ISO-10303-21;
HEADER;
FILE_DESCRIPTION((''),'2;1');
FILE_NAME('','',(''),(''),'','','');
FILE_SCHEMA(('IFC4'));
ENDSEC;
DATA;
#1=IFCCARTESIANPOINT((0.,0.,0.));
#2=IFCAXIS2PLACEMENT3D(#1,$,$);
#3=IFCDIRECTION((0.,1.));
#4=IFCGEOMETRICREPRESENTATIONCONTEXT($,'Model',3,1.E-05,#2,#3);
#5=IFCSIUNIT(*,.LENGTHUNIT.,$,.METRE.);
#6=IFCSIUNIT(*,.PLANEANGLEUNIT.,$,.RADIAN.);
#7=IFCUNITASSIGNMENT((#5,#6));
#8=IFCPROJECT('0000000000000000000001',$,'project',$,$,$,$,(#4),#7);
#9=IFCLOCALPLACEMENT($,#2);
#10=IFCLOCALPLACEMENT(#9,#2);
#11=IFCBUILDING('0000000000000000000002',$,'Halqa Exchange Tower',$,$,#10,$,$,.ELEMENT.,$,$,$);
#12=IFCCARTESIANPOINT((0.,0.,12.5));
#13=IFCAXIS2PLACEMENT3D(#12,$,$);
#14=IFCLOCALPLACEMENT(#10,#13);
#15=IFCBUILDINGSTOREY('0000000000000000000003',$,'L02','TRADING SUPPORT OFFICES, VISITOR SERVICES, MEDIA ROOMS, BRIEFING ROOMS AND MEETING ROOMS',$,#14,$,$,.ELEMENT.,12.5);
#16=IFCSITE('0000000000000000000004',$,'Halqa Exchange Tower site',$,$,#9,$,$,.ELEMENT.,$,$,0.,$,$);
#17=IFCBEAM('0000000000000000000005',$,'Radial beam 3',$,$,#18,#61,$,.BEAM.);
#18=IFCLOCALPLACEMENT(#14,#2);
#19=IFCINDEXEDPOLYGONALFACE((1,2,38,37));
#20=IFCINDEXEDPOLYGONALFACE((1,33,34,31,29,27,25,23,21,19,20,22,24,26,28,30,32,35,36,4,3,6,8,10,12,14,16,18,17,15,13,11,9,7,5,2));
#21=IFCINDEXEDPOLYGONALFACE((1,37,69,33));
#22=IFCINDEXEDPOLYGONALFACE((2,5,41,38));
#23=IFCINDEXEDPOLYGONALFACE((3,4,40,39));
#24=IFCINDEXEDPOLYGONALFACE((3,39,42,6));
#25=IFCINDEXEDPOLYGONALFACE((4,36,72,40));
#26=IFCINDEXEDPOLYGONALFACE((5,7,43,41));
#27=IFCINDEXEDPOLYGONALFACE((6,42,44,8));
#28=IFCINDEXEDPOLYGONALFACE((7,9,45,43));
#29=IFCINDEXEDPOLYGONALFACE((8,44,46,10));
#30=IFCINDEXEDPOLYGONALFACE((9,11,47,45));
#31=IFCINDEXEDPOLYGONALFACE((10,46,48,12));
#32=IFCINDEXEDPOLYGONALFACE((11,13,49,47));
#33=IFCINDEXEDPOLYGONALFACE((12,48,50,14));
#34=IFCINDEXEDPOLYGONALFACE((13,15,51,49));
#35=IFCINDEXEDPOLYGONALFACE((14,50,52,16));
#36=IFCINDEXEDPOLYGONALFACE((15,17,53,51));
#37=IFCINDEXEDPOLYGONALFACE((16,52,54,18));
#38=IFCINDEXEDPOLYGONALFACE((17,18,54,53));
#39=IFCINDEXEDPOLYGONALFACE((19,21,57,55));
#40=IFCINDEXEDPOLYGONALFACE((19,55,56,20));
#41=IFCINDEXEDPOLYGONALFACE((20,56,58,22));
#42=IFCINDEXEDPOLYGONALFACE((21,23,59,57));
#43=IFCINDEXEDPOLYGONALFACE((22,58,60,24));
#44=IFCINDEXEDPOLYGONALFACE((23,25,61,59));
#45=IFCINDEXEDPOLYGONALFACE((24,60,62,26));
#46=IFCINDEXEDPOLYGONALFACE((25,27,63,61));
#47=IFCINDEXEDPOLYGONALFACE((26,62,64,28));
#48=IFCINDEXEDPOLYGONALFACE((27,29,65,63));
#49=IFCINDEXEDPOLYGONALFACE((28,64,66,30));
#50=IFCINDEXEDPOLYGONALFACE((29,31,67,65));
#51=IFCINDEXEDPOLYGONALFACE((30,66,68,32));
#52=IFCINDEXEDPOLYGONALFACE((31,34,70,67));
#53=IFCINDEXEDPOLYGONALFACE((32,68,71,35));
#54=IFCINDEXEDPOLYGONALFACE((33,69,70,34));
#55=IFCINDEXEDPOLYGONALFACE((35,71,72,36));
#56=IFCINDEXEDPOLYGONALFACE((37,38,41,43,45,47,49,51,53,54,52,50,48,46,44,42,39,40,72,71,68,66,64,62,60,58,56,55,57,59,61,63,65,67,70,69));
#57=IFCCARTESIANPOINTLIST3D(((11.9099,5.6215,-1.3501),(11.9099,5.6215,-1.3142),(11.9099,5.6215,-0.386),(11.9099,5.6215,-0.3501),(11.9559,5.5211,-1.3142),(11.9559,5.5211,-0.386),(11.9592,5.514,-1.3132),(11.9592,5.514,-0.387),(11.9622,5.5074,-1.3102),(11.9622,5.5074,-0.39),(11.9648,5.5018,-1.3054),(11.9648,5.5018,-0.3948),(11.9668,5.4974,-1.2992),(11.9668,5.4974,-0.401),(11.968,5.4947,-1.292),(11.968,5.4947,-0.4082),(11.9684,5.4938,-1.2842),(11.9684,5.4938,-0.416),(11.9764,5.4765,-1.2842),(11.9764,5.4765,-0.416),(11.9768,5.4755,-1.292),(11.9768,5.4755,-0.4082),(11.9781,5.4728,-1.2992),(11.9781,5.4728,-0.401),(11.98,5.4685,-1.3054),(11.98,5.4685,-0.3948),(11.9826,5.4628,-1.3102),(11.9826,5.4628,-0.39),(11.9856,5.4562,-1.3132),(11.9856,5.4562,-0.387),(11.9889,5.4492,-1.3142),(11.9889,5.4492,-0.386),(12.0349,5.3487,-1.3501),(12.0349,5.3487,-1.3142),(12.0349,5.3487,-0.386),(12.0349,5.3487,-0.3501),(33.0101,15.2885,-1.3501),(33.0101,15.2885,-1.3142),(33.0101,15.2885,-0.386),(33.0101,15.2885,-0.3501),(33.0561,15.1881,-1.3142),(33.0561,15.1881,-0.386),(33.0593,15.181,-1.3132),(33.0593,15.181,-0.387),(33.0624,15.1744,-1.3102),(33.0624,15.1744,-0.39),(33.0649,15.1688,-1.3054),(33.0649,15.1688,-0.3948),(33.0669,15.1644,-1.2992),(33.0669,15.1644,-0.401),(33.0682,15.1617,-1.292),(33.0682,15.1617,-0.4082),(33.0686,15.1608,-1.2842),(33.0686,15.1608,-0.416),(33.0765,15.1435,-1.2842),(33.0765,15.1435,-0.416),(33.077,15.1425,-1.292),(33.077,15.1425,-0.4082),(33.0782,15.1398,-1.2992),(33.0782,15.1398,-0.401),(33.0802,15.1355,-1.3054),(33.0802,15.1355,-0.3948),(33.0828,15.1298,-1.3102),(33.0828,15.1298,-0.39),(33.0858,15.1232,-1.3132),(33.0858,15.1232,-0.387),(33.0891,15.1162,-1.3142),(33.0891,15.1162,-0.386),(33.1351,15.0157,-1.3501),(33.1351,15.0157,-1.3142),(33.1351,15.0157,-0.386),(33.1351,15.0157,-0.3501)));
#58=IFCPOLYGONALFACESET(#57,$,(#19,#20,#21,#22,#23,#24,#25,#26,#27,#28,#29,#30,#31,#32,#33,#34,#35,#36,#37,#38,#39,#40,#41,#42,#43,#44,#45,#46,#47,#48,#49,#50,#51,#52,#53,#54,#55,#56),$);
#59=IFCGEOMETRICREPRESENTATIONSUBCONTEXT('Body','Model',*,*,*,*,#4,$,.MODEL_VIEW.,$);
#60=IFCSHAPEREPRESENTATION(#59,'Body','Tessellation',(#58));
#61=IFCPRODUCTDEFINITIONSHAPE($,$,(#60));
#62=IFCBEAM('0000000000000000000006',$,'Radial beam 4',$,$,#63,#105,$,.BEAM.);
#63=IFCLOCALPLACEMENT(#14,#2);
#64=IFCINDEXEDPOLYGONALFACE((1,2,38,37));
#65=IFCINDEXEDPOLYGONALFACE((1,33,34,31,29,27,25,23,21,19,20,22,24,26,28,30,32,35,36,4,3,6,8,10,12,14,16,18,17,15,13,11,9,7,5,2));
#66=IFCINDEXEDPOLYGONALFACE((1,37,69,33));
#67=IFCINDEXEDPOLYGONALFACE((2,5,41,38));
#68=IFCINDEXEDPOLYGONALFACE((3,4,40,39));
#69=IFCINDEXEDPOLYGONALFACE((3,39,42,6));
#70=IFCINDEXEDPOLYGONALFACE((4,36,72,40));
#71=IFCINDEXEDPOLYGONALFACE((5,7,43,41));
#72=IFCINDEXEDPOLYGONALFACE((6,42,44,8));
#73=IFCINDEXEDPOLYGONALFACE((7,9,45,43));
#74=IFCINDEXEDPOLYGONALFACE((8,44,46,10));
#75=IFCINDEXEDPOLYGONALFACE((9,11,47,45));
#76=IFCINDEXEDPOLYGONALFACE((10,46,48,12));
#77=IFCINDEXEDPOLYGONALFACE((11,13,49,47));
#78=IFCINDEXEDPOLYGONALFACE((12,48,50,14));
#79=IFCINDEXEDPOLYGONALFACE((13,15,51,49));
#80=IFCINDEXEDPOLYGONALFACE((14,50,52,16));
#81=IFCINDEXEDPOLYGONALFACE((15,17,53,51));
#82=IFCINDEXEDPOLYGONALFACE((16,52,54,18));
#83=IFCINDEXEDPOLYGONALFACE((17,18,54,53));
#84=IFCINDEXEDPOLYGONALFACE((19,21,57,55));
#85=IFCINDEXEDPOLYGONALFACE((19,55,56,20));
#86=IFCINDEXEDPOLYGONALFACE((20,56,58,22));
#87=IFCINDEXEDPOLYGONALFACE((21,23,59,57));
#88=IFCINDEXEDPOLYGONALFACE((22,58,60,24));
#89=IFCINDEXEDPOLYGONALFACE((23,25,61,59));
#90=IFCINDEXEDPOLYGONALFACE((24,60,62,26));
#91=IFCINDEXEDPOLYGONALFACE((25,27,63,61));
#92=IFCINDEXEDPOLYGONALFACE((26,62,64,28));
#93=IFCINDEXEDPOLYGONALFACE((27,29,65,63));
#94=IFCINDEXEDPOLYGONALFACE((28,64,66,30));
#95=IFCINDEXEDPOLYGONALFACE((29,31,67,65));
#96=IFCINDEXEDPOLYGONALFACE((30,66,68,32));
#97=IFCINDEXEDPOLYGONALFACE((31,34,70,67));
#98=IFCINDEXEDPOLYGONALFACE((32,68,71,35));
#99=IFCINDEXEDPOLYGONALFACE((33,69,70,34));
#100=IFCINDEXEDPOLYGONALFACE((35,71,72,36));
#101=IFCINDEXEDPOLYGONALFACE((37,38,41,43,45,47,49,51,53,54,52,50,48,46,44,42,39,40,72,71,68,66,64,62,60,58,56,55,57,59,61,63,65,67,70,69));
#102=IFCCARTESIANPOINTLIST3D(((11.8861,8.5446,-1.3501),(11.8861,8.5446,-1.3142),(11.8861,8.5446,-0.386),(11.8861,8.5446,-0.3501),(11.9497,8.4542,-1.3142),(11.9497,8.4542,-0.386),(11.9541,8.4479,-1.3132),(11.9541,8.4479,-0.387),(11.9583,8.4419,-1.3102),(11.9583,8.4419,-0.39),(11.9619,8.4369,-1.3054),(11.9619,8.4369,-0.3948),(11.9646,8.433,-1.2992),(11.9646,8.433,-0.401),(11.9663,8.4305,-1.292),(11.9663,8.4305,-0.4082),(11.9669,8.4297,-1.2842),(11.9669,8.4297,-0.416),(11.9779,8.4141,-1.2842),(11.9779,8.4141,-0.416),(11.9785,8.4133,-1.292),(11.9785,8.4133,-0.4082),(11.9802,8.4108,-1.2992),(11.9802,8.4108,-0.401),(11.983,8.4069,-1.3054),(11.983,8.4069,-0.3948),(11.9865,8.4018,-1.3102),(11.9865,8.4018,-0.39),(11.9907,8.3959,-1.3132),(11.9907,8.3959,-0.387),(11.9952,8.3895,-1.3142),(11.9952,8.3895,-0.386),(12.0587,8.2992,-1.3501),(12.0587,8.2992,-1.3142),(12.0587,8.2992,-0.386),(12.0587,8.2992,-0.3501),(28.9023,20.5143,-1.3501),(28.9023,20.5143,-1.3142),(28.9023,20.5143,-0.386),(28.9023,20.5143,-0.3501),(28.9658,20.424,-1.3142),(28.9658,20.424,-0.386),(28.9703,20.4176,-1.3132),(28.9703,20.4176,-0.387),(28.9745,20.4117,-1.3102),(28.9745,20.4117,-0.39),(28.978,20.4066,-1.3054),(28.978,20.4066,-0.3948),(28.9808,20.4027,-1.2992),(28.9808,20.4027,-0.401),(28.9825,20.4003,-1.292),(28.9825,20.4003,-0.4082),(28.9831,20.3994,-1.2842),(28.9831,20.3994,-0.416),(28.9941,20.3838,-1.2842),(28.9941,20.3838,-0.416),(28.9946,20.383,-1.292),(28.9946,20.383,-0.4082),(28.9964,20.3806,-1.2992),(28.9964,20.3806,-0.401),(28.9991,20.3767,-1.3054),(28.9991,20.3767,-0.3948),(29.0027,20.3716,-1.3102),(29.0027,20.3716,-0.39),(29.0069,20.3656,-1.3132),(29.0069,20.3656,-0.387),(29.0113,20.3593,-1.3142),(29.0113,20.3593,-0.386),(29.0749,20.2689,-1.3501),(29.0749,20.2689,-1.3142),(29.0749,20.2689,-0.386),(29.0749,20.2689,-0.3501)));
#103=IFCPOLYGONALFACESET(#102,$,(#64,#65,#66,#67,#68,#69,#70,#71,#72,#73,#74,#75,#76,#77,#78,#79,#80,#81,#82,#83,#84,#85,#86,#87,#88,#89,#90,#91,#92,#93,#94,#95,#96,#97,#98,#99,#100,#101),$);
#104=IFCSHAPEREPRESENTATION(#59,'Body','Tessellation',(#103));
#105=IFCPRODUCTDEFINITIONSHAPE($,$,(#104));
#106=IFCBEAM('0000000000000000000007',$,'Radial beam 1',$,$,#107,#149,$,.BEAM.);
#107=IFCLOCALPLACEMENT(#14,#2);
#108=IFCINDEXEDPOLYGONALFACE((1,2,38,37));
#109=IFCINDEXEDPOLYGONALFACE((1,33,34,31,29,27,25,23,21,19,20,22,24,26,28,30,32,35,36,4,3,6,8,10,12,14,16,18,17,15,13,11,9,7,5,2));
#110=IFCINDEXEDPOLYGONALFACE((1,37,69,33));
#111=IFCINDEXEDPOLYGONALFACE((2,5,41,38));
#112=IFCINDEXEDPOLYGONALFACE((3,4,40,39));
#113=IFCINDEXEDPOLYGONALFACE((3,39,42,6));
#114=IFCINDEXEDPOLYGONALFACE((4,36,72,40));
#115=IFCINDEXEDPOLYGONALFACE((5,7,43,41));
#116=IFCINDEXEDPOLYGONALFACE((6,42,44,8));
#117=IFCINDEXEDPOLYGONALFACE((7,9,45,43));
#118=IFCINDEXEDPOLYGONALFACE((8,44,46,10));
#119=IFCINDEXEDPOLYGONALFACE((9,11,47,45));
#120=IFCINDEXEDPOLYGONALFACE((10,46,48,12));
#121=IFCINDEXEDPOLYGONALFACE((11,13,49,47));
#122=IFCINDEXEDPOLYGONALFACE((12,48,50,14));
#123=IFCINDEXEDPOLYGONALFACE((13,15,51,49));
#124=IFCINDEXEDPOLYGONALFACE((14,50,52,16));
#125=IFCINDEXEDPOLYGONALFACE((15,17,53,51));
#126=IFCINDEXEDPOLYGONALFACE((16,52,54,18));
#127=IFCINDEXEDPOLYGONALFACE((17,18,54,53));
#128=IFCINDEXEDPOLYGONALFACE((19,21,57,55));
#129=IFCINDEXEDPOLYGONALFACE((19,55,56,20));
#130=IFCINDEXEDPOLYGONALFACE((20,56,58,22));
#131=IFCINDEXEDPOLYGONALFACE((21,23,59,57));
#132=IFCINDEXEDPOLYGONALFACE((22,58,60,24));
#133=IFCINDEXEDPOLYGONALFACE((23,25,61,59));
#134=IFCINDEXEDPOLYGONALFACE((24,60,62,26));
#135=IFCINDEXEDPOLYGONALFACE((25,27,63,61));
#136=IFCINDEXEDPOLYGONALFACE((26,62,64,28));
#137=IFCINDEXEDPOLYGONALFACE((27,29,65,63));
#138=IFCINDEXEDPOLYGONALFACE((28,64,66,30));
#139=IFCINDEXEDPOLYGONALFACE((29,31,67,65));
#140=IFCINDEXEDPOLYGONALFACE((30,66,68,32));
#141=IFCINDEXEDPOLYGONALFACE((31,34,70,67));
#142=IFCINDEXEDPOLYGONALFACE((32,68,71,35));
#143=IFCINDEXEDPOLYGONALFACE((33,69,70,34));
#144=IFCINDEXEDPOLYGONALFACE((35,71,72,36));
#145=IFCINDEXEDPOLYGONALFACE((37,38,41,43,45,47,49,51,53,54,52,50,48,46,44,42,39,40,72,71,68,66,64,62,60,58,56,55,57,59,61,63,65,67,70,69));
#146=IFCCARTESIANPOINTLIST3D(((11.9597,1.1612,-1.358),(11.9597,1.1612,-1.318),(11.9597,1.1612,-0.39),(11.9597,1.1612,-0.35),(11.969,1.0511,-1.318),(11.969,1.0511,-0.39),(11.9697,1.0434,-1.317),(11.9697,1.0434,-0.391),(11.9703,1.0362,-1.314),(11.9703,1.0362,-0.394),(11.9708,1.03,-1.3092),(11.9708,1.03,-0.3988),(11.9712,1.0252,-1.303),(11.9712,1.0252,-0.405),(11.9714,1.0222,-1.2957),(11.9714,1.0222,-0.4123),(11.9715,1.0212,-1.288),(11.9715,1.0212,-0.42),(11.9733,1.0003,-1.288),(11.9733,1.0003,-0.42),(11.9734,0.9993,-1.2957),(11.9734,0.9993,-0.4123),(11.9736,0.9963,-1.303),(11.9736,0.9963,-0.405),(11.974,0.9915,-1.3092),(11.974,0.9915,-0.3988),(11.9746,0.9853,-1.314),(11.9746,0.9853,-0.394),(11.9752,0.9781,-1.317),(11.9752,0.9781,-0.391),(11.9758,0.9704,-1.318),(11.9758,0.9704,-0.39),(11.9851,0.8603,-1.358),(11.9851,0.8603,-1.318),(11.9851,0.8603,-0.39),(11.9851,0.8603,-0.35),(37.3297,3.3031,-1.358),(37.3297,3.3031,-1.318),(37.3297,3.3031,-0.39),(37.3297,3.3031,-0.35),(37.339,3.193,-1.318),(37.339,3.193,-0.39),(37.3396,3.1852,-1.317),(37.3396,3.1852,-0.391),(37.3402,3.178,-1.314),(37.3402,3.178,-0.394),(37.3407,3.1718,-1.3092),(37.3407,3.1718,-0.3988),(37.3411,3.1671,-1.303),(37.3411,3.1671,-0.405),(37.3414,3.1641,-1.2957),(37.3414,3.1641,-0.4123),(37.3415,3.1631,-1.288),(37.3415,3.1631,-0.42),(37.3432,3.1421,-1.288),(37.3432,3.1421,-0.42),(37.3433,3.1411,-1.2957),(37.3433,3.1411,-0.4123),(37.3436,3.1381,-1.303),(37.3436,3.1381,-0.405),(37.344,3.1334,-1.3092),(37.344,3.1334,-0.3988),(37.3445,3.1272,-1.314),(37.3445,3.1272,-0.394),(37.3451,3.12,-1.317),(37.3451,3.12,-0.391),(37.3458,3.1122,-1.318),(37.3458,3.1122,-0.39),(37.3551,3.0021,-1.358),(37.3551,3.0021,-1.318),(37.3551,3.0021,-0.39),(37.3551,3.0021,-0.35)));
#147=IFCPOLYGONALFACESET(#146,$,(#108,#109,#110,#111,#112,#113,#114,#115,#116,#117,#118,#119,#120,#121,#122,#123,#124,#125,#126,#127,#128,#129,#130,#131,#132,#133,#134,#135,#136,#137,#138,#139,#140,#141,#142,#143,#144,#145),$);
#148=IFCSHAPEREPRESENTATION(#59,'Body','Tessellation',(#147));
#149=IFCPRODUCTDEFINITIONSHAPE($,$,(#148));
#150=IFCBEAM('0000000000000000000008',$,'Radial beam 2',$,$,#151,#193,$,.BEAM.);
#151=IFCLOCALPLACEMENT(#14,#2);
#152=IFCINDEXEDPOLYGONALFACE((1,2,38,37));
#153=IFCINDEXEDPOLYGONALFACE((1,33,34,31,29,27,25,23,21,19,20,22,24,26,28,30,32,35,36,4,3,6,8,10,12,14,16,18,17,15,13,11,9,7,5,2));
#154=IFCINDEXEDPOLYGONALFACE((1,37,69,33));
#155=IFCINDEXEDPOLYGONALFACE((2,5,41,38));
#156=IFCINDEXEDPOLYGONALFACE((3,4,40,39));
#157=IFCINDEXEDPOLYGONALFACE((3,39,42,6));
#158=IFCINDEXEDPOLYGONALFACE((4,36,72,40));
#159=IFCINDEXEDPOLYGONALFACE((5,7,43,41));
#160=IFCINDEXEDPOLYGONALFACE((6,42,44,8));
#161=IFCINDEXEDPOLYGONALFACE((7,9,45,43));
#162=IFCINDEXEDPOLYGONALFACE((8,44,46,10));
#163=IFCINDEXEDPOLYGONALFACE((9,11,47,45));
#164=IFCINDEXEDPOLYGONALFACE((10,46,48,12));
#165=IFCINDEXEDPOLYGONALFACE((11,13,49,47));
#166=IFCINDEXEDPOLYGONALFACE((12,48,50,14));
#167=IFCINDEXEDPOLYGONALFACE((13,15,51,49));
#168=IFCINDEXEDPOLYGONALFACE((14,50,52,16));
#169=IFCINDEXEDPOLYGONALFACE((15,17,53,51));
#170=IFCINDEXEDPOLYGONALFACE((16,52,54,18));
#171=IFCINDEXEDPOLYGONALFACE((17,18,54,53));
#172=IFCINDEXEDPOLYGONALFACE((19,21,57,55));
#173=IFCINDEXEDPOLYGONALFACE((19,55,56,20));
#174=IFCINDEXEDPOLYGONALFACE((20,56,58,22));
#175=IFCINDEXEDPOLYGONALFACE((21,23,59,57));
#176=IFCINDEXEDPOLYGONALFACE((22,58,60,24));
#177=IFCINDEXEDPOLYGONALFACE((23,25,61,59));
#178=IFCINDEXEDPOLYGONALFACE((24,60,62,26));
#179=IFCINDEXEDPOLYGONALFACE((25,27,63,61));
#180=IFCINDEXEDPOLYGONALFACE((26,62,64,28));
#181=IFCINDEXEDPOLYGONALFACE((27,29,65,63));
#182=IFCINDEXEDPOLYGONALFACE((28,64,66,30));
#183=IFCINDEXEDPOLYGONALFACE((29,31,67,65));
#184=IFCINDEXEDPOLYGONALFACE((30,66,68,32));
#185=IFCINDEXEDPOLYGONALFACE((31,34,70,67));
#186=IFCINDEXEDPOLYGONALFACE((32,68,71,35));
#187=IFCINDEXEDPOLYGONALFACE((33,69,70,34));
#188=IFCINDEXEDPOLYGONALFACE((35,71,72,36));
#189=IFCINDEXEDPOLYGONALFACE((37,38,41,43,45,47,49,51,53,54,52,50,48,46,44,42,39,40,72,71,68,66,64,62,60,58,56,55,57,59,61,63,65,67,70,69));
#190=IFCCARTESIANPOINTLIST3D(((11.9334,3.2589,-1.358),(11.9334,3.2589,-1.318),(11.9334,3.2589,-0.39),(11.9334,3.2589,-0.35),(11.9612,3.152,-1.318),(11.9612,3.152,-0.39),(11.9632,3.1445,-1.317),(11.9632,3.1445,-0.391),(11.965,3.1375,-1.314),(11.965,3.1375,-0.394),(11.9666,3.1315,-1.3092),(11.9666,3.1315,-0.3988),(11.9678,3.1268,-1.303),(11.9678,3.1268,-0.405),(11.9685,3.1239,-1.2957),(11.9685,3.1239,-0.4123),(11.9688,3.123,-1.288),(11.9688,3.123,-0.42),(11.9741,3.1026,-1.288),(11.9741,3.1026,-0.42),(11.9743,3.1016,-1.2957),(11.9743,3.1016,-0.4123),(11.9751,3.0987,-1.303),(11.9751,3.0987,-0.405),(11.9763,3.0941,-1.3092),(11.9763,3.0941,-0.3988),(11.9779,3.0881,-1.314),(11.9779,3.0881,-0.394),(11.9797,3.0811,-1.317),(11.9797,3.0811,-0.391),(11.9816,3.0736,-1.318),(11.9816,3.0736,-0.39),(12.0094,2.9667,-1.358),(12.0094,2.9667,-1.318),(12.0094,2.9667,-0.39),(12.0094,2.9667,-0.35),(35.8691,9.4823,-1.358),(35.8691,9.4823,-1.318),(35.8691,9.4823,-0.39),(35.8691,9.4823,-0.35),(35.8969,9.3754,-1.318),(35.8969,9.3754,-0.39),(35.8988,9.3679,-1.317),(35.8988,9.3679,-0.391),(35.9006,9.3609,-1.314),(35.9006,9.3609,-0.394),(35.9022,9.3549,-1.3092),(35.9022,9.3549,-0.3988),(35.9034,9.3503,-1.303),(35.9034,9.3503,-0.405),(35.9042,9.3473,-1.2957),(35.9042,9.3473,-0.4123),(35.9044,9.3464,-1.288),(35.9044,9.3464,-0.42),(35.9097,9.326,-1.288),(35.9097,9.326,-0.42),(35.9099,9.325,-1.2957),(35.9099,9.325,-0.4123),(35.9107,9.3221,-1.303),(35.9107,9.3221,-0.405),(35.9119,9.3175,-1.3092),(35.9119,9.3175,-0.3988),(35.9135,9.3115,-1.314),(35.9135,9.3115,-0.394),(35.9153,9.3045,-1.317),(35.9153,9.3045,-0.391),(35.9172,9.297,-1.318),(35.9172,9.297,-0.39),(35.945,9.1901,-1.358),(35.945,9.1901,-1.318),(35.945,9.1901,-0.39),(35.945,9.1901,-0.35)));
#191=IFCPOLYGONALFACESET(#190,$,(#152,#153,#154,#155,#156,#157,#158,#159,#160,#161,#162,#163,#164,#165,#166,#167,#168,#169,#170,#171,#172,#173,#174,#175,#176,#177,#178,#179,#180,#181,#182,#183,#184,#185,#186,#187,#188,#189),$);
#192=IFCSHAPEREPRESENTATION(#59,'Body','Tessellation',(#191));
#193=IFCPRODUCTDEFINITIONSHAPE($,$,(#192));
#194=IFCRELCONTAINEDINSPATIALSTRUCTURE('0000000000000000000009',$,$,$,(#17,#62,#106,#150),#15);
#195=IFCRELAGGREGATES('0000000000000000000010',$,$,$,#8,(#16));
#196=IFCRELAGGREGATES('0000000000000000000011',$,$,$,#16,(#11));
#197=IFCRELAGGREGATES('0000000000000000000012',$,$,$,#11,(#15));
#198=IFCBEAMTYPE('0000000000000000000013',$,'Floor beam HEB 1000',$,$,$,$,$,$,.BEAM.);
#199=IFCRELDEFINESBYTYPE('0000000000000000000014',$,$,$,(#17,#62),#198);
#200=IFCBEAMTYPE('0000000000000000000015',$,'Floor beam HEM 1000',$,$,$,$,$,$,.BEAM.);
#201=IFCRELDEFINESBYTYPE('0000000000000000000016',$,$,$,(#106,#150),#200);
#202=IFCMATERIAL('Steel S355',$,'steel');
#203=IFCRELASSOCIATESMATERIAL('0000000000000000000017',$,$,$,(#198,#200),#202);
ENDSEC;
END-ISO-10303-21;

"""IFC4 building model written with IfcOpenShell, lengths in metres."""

from ifc_helpers import new_model, si_unit, direction, frame, origin, origin_2d, place, context, subcontext, project, spatial, i_section, extrude, material, material_profile, profile_set, type_object, element, save


model = new_model("IFC4")

# Units and contexts
model_context = context("Model", 3, precision=1e-05, world=origin(), true_north=direction((0.0, 1.0)))
body_context = subcontext(model_context, "Body", "Model", "MODEL_VIEW")
ifc_project = project(units=[si_unit("LENGTHUNIT", "METRE"), si_unit("PLANEANGLEUNIT", "RADIAN")], contexts=[model_context])

# Site, building, storey
site_placement = place(None, origin())
site = spatial("IfcSite", under=ifc_project, at=site_placement, Name="Halqa Exchange Tower site", CompositionType="ELEMENT", RefElevation=0.0)
building_placement = place(site_placement, origin())
building = spatial("IfcBuilding", under=site, at=building_placement, Name="Halqa Exchange Tower", CompositionType="ELEMENT")
storey_placement = place(building_placement, frame((0.0, 0.0, 12.5)))
storey = spatial("IfcBuildingStorey", under=building, at=storey_placement, Name="L02", Description="TRADING SUPPORT OFFICES, VISITOR SERVICES, MEDIA ROOMS, BRIEFING ROOMS AND MEETING ROOMS", CompositionType="ELEMENT", Elevation=12.5)

# Beams
ifc_material_1 = material(Name="Steel S355", Category="steel")
ifc_material_profile_1 = material_profile(ifc_material_1, i_section(OverallWidth=0.3, OverallDepth=1.0, WebThickness=0.019, FlangeThickness=0.0359, FilletRadius=0.03, at=origin_2d()), Name="HEB 1000")
ifc_profile_set_1 = profile_set([ifc_material_profile_1], Name="Steel S355")
beam_type_1 = type_object("IfcBeamType", Name="Floor beam HEB 1000", PredefinedType="BEAM", material=ifc_profile_set_1)
beam_1_placement = place(storey_placement, frame((11.9724, 5.4851, -0.8501), z_axis=(0.909128, 0.416516, 0.0), x_axis=(-0.416516, 0.909128, 0.0)))
element("IfcBeam", 1, at=beam_1_placement, inside=storey, type_object=beam_type_1, Name="Radial beam 3", PredefinedType="BEAM", context=body_context, shape_type="SweptSolid", body=[
    extrude(i_section(OverallWidth=0.3, OverallDepth=1.0, WebThickness=0.019, FlangeThickness=0.0359, FilletRadius=0.03, at=origin_2d()), origin(), (0.0, 0.0, 1.0), 23.2092),
])
beam_2_placement = place(storey_placement, frame((11.9724, 8.4219, -0.8501), z_axis=(0.81791, 0.575346, 0.0), x_axis=(-0.575346, 0.81791, 0.0)))
element("IfcBeam", 2, at=beam_2_placement, inside=storey, type_object=beam_type_1, Name="Radial beam 4", PredefinedType="BEAM", context=body_context, shape_type="SweptSolid", body=[
    extrude(i_section(OverallWidth=0.3, OverallDepth=1.0, WebThickness=0.019, FlangeThickness=0.0359, FilletRadius=0.03, at=origin_2d()), origin(), (0.0, 0.0, 1.0), 20.8044),
])
ifc_material_profile_2 = material_profile(ifc_material_1, i_section(OverallWidth=0.302, OverallDepth=1.0081, WebThickness=0.021, FlangeThickness=0.04, FilletRadius=0.03, at=origin_2d()), Name="HEM 1000")
ifc_profile_set_2 = profile_set([ifc_material_profile_2], Name="Steel S355")
beam_type_2 = type_object("IfcBeamType", Name="Floor beam HEM 1000", PredefinedType="BEAM", material=ifc_profile_set_2)
beam_3_placement = place(storey_placement, frame((11.9724, 1.0107, -0.854), z_axis=(0.996455, 0.084125, 0.0), x_axis=(-0.084125, 0.996455, 0.0)))
element("IfcBeam", 3, at=beam_3_placement, inside=storey, type_object=beam_type_2, Name="Radial beam 1", PredefinedType="BEAM", context=body_context, shape_type="SweptSolid", body=[
    extrude(i_section(OverallWidth=0.302, OverallDepth=1.0081, WebThickness=0.021, FlangeThickness=0.04, FilletRadius=0.03, at=origin_2d()), origin(), (0.0, 0.0, 1.0), 25.4602),
])
beam_4_placement = place(storey_placement, frame((11.9714, 3.1128, -0.854), z_axis=(0.967821, 0.251639, 0.0), x_axis=(-0.251639, 0.967821, 0.0)))
element("IfcBeam", 4, at=beam_4_placement, inside=storey, type_object=beam_type_2, Name="Radial beam 2", PredefinedType="BEAM", context=body_context, shape_type="SweptSolid", body=[
    extrude(i_section(OverallWidth=0.302, OverallDepth=1.0081, WebThickness=0.021, FlangeThickness=0.04, FilletRadius=0.03, at=origin_2d()), origin(), (0.0, 0.0, 1.0), 24.7314),
])

save(model, "model.ifc")
